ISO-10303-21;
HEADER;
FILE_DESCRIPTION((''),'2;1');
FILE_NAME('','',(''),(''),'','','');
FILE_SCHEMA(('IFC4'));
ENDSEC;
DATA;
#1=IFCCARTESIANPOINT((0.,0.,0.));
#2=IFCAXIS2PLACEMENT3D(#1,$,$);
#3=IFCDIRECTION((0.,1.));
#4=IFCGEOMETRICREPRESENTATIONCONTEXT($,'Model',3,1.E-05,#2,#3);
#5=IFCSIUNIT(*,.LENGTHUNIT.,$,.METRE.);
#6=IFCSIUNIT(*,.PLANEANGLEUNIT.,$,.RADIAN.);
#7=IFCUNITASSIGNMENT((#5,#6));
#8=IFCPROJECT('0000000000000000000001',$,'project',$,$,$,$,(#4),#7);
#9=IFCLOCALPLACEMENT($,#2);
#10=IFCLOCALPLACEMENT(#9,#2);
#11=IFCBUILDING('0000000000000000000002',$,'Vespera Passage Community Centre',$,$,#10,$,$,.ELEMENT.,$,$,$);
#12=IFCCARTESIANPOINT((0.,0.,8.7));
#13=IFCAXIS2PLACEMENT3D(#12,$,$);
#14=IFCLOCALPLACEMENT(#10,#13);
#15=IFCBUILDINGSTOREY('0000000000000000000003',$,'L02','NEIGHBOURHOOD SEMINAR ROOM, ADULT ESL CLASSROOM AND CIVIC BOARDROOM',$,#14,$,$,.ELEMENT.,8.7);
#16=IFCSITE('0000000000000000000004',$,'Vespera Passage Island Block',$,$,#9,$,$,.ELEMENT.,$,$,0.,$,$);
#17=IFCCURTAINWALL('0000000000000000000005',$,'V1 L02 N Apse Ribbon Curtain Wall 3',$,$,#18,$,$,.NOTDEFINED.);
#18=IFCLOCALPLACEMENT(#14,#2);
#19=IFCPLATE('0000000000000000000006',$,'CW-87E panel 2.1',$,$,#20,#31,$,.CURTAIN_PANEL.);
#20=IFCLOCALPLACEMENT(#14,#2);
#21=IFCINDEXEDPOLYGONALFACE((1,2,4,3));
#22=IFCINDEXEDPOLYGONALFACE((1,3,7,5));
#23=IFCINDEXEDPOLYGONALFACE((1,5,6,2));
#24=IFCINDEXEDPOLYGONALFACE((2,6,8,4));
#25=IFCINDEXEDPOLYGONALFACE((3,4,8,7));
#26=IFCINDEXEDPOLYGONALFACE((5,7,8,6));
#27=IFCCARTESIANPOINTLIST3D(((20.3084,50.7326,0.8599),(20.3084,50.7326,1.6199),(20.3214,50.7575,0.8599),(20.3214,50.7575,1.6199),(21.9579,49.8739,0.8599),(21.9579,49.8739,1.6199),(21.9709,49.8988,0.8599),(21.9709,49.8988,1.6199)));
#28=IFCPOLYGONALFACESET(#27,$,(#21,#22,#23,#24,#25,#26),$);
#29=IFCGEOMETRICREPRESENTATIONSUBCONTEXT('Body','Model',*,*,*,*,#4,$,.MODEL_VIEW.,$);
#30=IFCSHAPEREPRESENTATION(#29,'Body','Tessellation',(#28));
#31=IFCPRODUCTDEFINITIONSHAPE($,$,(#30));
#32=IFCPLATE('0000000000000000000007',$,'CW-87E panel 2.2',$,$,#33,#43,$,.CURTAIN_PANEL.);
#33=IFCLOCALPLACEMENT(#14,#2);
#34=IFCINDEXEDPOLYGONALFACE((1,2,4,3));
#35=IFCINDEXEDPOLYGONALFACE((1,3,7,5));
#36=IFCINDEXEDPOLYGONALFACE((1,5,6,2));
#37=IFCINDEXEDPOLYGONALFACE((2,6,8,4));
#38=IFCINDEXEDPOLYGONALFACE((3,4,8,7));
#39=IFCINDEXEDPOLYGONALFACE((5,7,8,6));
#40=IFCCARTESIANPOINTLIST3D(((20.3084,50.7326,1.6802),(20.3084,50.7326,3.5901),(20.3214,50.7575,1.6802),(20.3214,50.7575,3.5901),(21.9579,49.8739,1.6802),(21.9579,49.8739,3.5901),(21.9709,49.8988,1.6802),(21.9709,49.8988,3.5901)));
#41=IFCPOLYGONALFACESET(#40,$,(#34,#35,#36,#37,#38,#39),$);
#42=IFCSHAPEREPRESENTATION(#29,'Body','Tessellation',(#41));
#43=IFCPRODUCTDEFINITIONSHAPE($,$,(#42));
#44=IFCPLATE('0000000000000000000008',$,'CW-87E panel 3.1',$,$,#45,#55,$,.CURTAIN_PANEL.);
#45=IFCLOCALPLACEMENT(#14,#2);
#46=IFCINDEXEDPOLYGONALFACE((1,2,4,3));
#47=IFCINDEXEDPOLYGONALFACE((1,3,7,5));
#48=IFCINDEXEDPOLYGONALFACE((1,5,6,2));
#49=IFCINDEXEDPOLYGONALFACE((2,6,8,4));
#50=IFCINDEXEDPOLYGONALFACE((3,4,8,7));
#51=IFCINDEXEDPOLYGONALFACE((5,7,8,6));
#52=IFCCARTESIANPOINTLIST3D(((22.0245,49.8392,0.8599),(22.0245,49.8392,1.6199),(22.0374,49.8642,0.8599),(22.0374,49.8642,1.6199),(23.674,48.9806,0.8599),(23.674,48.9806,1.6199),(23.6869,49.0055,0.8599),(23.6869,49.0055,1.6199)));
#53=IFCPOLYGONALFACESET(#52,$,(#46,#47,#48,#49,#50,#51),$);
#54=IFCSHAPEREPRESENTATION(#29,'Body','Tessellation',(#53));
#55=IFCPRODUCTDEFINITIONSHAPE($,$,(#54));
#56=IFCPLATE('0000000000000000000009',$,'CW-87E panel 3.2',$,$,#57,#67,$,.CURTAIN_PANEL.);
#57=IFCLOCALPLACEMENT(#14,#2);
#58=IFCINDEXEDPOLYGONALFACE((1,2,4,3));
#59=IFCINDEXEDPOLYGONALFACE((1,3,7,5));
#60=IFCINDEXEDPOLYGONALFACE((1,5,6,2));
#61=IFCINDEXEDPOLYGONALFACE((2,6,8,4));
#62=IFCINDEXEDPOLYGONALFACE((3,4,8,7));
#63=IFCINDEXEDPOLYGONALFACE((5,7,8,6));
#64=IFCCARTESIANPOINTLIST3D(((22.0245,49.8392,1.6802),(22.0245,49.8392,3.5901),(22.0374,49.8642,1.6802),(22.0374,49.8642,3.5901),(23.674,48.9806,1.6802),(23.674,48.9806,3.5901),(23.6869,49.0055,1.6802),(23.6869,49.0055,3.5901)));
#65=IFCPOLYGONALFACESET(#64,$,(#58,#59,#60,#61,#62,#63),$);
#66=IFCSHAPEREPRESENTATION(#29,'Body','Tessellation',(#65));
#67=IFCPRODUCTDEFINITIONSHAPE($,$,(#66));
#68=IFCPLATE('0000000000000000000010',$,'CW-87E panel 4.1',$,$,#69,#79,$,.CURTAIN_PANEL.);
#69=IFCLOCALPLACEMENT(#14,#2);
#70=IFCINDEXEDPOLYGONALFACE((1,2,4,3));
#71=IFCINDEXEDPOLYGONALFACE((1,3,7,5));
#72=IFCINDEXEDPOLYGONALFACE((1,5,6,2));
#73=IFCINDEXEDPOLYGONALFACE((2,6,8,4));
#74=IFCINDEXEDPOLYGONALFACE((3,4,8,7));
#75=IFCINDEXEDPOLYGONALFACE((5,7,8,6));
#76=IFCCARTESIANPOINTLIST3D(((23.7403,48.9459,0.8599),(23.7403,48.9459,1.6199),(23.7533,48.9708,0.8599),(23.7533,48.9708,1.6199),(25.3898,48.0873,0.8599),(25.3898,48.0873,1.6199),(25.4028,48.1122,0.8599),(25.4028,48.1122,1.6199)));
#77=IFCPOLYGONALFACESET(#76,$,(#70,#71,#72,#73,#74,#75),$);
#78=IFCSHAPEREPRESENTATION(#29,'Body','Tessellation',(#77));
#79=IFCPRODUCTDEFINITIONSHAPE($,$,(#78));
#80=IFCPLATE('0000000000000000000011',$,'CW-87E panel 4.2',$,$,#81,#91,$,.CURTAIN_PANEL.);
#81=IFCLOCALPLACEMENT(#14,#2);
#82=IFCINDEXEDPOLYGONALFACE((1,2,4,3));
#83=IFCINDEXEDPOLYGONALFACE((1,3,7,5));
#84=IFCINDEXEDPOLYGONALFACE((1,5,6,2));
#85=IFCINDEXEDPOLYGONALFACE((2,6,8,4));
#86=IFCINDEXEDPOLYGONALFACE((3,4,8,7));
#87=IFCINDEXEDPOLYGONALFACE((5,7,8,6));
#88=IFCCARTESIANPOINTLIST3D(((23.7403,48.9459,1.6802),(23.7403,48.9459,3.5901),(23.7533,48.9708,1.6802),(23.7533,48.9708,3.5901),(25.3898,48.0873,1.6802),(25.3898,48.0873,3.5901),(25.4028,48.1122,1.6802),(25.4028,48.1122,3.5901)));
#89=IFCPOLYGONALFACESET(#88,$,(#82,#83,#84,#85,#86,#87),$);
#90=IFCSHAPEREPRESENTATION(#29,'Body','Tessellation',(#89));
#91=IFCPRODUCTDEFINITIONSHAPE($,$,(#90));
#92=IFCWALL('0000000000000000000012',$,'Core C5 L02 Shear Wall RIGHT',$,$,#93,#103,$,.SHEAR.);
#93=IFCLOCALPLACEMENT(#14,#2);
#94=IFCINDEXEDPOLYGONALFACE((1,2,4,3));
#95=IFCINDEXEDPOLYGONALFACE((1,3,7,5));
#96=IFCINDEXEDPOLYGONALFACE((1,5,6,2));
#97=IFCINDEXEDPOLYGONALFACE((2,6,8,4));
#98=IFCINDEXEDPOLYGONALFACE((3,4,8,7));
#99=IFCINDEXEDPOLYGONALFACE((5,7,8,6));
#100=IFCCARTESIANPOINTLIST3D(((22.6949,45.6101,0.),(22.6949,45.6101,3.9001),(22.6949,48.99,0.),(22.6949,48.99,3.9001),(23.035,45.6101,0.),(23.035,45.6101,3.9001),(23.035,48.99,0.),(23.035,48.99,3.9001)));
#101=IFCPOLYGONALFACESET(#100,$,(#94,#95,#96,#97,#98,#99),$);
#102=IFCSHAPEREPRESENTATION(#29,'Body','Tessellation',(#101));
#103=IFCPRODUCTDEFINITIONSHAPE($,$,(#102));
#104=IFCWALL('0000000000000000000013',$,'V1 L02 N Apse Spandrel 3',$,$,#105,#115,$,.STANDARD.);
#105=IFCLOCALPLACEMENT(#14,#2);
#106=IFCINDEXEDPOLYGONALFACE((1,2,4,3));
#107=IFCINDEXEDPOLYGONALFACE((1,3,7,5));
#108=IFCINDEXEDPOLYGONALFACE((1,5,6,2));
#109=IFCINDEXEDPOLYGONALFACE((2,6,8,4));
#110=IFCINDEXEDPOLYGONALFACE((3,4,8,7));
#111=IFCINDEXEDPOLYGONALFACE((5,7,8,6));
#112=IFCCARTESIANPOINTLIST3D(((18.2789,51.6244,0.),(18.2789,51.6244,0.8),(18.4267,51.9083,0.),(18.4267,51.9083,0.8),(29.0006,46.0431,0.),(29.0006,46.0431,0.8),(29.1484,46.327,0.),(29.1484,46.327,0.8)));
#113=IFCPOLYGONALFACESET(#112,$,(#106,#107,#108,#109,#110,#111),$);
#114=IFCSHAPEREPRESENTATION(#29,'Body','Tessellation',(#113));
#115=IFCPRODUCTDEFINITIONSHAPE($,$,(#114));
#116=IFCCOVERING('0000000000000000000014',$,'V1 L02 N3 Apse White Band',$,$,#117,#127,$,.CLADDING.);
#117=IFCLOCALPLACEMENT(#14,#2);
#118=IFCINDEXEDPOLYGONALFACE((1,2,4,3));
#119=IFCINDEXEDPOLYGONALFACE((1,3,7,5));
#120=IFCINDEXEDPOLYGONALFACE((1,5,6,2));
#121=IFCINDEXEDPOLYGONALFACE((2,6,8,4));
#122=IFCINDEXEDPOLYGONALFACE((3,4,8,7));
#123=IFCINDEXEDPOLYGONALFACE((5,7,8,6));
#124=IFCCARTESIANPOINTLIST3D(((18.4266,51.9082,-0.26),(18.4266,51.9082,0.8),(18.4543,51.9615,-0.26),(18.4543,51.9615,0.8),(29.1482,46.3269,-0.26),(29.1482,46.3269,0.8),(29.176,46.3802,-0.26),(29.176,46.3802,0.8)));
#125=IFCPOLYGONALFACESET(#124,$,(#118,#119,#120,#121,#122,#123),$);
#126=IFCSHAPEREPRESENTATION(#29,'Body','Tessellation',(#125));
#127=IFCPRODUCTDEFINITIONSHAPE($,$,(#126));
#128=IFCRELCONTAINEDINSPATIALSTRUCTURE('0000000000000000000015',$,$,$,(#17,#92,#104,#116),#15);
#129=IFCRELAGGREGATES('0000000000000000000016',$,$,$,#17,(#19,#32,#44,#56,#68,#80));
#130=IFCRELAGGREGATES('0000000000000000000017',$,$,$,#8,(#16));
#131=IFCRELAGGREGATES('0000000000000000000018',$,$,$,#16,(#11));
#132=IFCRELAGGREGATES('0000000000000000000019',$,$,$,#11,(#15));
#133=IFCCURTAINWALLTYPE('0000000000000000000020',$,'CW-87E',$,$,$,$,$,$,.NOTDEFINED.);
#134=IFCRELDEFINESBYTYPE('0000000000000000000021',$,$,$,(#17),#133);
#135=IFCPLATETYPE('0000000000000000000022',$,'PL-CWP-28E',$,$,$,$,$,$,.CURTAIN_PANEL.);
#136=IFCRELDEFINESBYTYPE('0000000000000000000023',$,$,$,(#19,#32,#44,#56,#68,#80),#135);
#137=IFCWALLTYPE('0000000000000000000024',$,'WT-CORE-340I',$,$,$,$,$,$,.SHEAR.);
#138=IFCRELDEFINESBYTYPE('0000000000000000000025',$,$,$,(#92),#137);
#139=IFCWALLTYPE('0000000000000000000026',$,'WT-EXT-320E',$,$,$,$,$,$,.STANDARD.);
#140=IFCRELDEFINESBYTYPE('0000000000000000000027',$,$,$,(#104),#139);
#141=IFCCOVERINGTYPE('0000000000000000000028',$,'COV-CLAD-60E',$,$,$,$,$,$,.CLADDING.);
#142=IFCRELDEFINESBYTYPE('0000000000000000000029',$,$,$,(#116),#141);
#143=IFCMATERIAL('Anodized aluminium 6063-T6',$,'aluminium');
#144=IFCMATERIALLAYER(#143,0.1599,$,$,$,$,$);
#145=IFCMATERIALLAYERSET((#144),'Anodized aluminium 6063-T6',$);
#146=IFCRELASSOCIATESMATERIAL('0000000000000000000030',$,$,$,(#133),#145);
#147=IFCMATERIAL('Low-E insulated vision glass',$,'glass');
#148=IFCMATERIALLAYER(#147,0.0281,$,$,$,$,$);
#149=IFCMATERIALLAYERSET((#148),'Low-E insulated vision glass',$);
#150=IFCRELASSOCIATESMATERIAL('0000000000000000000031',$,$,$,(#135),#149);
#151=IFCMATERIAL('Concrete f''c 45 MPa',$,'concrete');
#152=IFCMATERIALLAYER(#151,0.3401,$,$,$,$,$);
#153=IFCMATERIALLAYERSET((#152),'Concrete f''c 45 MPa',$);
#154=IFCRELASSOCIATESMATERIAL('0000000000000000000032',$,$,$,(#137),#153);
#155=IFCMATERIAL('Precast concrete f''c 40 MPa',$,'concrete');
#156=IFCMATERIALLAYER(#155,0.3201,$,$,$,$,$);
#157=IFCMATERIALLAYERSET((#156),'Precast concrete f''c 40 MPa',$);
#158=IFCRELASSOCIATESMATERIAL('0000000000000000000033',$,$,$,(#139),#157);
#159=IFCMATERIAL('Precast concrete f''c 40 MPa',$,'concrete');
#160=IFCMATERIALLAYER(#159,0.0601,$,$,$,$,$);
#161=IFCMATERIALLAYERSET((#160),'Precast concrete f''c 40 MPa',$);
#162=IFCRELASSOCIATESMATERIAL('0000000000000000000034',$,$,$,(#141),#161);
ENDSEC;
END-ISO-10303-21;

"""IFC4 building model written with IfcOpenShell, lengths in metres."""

from ifc_helpers import new_model, si_unit, direction, frame, frame_2d, origin, origin_2d, place, context, subcontext, project, spatial, rectangle, extrude, material, layer, layer_set, type_object, element, aggregate, save


model = new_model("IFC4")

# Units and contexts
model_context = context("Model", 3, precision=1e-05, world=origin(), true_north=direction((0.0, 1.0)))
body_context = subcontext(model_context, "Body", "Model", "MODEL_VIEW")
ifc_project = project(units=[si_unit("LENGTHUNIT", "METRE"), si_unit("PLANEANGLEUNIT", "RADIAN")], contexts=[model_context])

# Site, building, storey
site_placement = place(None, origin())
site = spatial("IfcSite", under=ifc_project, at=site_placement, Name="Vespera Passage Island Block", CompositionType="ELEMENT", RefElevation=0.0)
building_placement = place(site_placement, origin())
building = spatial("IfcBuilding", under=site, at=building_placement, Name="Vespera Passage Community Centre", CompositionType="ELEMENT")
storey_placement = place(building_placement, frame((0.0, 0.0, 8.7)))
storey = spatial("IfcBuildingStorey", under=building, at=storey_placement, Name="L02", Description="NEIGHBOURHOOD SEMINAR ROOM, ADULT ESL CLASSROOM AND CIVIC BOARDROOM", CompositionType="ELEMENT", Elevation=8.7)

# Shared definitions
ifc_material_1 = material(Name="Anodized aluminium 6063-T6", Category="aluminium")
ifc_layer_1 = layer(ifc_material_1, 0.1599)
ifc_layer_set_1 = layer_set([ifc_layer_1], Name="Anodized aluminium 6063-T6")
curtain_wall_type = type_object("IfcCurtainWallType", Name="CW-87E", PredefinedType="NOTDEFINED", material=ifc_layer_set_1)

# Curtain wall
curtain_wall_1_placement = place(storey_placement, origin())
curtain_wall_1 = element("IfcCurtainWall", 1, at=curtain_wall_1_placement, inside=storey, type_object=curtain_wall_type, Name="V1 L02 N Apse Ribbon Curtain Wall 3", PredefinedType="NOTDEFINED")

# Plates
ifc_material_2 = material(Name="Low-E insulated vision glass", Category="glass")
ifc_layer_2 = layer(ifc_material_2, 0.0281)
ifc_layer_set_2 = layer_set([ifc_layer_2], Name="Low-E insulated vision glass")
plate_type = type_object("IfcPlateType", Name="PL-CWP-28E", PredefinedType="CURTAIN_PANEL", material=ifc_layer_set_2)
plate_1_placement = place(storey_placement, frame((21.1396, 50.3157, 0.8599), z_axis=(0.0, 0.0, 1.0), x_axis=(0.887013, -0.461745, 0.0)))
plate_1 = element("IfcPlate", 2, at=plate_1_placement, type_object=plate_type, Name="CW-87E panel 2.1", PredefinedType="CURTAIN_PANEL", context=body_context, shape_type="SweptSolid", body=[
    extrude(rectangle(XDim=1.8596, YDim=0.0281, at=origin_2d()), origin(), (0.0, 0.0, 1.0), 0.76),
])
plate_2_placement = place(storey_placement, frame((21.1396, 50.3157, 1.6802), z_axis=(0.0, 0.0, 1.0), x_axis=(0.887013, -0.461745, 0.0)))
plate_2 = element("IfcPlate", 3, at=plate_2_placement, type_object=plate_type, Name="CW-87E panel 2.2", PredefinedType="CURTAIN_PANEL", context=body_context, shape_type="SweptSolid", body=[
    extrude(rectangle(XDim=1.8596, YDim=0.0281, at=origin_2d()), origin(), (0.0, 0.0, 1.0), 1.9099),
])
plate_3_placement = place(storey_placement, frame((22.8557, 49.4224, 0.8599), z_axis=(0.0, 0.0, 1.0), x_axis=(0.887013, -0.461745, 0.0)))
plate_3 = element("IfcPlate", 4, at=plate_3_placement, type_object=plate_type, Name="CW-87E panel 3.1", PredefinedType="CURTAIN_PANEL", context=body_context, shape_type="SweptSolid", body=[
    extrude(rectangle(XDim=1.8596, YDim=0.0281, at=origin_2d()), origin(), (0.0, 0.0, 1.0), 0.76),
])
plate_4_placement = place(storey_placement, frame((22.8557, 49.4224, 1.6802), z_axis=(0.0, 0.0, 1.0), x_axis=(0.887013, -0.461745, 0.0)))
plate_4 = element("IfcPlate", 5, at=plate_4_placement, type_object=plate_type, Name="CW-87E panel 3.2", PredefinedType="CURTAIN_PANEL", context=body_context, shape_type="SweptSolid", body=[
    extrude(rectangle(XDim=1.8596, YDim=0.0281, at=origin_2d()), origin(), (0.0, 0.0, 1.0), 1.9099),
])
plate_5_placement = place(storey_placement, frame((24.5715, 48.5291, 0.8599), z_axis=(0.0, 0.0, 1.0), x_axis=(0.887013, -0.461745, 0.0)))
plate_5 = element("IfcPlate", 6, at=plate_5_placement, type_object=plate_type, Name="CW-87E panel 4.1", PredefinedType="CURTAIN_PANEL", context=body_context, shape_type="SweptSolid", body=[
    extrude(rectangle(XDim=1.8596, YDim=0.0281, at=origin_2d()), origin(), (0.0, 0.0, 1.0), 0.76),
])
plate_6_placement = place(storey_placement, frame((24.5715, 48.5291, 1.6802), z_axis=(0.0, 0.0, 1.0), x_axis=(0.887013, -0.461745, 0.0)))
plate_6 = element("IfcPlate", 7, at=plate_6_placement, type_object=plate_type, Name="CW-87E panel 4.2", PredefinedType="CURTAIN_PANEL", context=body_context, shape_type="SweptSolid", body=[
    extrude(rectangle(XDim=1.8596, YDim=0.0281, at=origin_2d()), origin(), (0.0, 0.0, 1.0), 1.9099),
])
aggregate(curtain_wall_1, [plate_1, plate_2, plate_3, plate_4, plate_5, plate_6])

# Walls
ifc_material_3 = material(Name="Concrete f'c 45 MPa", Category="concrete")
ifc_layer_3 = layer(ifc_material_3, 0.3401)
ifc_layer_set_3 = layer_set([ifc_layer_3], Name="Concrete f'c 45 MPa")
wall_type_1 = type_object("IfcWallType", Name="WT-CORE-340I", PredefinedType="SHEAR", material=ifc_layer_set_3)
wall_1_placement = place(storey_placement, frame((22.865, 48.99, 0.0), z_axis=(0.0, 0.0, 1.0), x_axis=(0.0, -1.0, 0.0)))
element("IfcWall", 8, at=wall_1_placement, inside=storey, type_object=wall_type_1, Name="Core C5 L02 Shear Wall RIGHT", PredefinedType="SHEAR", context=body_context, shape_type="SweptSolid", body=[
    extrude(rectangle(XDim=3.3799, YDim=0.3401, at=frame_2d((1.6899, 0.0))), origin(), (0.0, 0.0, 1.0), 3.9001),
])
ifc_material_4 = material(Name="Precast concrete f'c 40 MPa", Category="concrete")
ifc_layer_4 = layer(ifc_material_4, 0.3201)
ifc_layer_set_4 = layer_set([ifc_layer_4], Name="Precast concrete f'c 40 MPa")
wall_type_2 = type_object("IfcWallType", Name="WT-EXT-320E", PredefinedType="STANDARD", material=ifc_layer_set_4)
wall_2_placement = place(storey_placement, frame((18.3528, 51.7664, 0.0), z_axis=(0.0, 0.0, 1.0), x_axis=(0.887013, -0.461745, 0.0)))
element("IfcWall", 9, at=wall_2_placement, inside=storey, type_object=wall_type_2, Name="V1 L02 N Apse Spandrel 3", PredefinedType="STANDARD", context=body_context, shape_type="SweptSolid", body=[
    extrude(rectangle(XDim=12.0874, YDim=0.3201, at=frame_2d((6.0437, 0.0))), origin(), (0.0, 0.0, 1.0), 0.8),
])

# Covering
ifc_material_5 = material(Name="Precast concrete f'c 40 MPa", Category="concrete")
ifc_layer_5 = layer(ifc_material_5, 0.0601)
ifc_layer_set_5 = layer_set([ifc_layer_5], Name="Precast concrete f'c 40 MPa")
covering_type = type_object("IfcCoveringType", Name="COV-CLAD-60E", PredefinedType="CLADDING", material=ifc_layer_set_5)
covering_placement = place(storey_placement, frame((18.4404, 51.9348, -0.26), z_axis=(0.0, 0.0, 1.0), x_axis=(0.887013, -0.461745, 0.0)))
element("IfcCovering", 10, at=covering_placement, inside=storey, type_object=covering_type, Name="V1 L02 N3 Apse White Band", PredefinedType="CLADDING", context=body_context, shape_type="SweptSolid", body=[
    extrude(rectangle(XDim=12.0874, YDim=0.0601, at=frame_2d((6.0437, 0.0))), origin(), (0.0, 0.0, 1.0), 1.0601),
])

save(model, "model.ifc")
